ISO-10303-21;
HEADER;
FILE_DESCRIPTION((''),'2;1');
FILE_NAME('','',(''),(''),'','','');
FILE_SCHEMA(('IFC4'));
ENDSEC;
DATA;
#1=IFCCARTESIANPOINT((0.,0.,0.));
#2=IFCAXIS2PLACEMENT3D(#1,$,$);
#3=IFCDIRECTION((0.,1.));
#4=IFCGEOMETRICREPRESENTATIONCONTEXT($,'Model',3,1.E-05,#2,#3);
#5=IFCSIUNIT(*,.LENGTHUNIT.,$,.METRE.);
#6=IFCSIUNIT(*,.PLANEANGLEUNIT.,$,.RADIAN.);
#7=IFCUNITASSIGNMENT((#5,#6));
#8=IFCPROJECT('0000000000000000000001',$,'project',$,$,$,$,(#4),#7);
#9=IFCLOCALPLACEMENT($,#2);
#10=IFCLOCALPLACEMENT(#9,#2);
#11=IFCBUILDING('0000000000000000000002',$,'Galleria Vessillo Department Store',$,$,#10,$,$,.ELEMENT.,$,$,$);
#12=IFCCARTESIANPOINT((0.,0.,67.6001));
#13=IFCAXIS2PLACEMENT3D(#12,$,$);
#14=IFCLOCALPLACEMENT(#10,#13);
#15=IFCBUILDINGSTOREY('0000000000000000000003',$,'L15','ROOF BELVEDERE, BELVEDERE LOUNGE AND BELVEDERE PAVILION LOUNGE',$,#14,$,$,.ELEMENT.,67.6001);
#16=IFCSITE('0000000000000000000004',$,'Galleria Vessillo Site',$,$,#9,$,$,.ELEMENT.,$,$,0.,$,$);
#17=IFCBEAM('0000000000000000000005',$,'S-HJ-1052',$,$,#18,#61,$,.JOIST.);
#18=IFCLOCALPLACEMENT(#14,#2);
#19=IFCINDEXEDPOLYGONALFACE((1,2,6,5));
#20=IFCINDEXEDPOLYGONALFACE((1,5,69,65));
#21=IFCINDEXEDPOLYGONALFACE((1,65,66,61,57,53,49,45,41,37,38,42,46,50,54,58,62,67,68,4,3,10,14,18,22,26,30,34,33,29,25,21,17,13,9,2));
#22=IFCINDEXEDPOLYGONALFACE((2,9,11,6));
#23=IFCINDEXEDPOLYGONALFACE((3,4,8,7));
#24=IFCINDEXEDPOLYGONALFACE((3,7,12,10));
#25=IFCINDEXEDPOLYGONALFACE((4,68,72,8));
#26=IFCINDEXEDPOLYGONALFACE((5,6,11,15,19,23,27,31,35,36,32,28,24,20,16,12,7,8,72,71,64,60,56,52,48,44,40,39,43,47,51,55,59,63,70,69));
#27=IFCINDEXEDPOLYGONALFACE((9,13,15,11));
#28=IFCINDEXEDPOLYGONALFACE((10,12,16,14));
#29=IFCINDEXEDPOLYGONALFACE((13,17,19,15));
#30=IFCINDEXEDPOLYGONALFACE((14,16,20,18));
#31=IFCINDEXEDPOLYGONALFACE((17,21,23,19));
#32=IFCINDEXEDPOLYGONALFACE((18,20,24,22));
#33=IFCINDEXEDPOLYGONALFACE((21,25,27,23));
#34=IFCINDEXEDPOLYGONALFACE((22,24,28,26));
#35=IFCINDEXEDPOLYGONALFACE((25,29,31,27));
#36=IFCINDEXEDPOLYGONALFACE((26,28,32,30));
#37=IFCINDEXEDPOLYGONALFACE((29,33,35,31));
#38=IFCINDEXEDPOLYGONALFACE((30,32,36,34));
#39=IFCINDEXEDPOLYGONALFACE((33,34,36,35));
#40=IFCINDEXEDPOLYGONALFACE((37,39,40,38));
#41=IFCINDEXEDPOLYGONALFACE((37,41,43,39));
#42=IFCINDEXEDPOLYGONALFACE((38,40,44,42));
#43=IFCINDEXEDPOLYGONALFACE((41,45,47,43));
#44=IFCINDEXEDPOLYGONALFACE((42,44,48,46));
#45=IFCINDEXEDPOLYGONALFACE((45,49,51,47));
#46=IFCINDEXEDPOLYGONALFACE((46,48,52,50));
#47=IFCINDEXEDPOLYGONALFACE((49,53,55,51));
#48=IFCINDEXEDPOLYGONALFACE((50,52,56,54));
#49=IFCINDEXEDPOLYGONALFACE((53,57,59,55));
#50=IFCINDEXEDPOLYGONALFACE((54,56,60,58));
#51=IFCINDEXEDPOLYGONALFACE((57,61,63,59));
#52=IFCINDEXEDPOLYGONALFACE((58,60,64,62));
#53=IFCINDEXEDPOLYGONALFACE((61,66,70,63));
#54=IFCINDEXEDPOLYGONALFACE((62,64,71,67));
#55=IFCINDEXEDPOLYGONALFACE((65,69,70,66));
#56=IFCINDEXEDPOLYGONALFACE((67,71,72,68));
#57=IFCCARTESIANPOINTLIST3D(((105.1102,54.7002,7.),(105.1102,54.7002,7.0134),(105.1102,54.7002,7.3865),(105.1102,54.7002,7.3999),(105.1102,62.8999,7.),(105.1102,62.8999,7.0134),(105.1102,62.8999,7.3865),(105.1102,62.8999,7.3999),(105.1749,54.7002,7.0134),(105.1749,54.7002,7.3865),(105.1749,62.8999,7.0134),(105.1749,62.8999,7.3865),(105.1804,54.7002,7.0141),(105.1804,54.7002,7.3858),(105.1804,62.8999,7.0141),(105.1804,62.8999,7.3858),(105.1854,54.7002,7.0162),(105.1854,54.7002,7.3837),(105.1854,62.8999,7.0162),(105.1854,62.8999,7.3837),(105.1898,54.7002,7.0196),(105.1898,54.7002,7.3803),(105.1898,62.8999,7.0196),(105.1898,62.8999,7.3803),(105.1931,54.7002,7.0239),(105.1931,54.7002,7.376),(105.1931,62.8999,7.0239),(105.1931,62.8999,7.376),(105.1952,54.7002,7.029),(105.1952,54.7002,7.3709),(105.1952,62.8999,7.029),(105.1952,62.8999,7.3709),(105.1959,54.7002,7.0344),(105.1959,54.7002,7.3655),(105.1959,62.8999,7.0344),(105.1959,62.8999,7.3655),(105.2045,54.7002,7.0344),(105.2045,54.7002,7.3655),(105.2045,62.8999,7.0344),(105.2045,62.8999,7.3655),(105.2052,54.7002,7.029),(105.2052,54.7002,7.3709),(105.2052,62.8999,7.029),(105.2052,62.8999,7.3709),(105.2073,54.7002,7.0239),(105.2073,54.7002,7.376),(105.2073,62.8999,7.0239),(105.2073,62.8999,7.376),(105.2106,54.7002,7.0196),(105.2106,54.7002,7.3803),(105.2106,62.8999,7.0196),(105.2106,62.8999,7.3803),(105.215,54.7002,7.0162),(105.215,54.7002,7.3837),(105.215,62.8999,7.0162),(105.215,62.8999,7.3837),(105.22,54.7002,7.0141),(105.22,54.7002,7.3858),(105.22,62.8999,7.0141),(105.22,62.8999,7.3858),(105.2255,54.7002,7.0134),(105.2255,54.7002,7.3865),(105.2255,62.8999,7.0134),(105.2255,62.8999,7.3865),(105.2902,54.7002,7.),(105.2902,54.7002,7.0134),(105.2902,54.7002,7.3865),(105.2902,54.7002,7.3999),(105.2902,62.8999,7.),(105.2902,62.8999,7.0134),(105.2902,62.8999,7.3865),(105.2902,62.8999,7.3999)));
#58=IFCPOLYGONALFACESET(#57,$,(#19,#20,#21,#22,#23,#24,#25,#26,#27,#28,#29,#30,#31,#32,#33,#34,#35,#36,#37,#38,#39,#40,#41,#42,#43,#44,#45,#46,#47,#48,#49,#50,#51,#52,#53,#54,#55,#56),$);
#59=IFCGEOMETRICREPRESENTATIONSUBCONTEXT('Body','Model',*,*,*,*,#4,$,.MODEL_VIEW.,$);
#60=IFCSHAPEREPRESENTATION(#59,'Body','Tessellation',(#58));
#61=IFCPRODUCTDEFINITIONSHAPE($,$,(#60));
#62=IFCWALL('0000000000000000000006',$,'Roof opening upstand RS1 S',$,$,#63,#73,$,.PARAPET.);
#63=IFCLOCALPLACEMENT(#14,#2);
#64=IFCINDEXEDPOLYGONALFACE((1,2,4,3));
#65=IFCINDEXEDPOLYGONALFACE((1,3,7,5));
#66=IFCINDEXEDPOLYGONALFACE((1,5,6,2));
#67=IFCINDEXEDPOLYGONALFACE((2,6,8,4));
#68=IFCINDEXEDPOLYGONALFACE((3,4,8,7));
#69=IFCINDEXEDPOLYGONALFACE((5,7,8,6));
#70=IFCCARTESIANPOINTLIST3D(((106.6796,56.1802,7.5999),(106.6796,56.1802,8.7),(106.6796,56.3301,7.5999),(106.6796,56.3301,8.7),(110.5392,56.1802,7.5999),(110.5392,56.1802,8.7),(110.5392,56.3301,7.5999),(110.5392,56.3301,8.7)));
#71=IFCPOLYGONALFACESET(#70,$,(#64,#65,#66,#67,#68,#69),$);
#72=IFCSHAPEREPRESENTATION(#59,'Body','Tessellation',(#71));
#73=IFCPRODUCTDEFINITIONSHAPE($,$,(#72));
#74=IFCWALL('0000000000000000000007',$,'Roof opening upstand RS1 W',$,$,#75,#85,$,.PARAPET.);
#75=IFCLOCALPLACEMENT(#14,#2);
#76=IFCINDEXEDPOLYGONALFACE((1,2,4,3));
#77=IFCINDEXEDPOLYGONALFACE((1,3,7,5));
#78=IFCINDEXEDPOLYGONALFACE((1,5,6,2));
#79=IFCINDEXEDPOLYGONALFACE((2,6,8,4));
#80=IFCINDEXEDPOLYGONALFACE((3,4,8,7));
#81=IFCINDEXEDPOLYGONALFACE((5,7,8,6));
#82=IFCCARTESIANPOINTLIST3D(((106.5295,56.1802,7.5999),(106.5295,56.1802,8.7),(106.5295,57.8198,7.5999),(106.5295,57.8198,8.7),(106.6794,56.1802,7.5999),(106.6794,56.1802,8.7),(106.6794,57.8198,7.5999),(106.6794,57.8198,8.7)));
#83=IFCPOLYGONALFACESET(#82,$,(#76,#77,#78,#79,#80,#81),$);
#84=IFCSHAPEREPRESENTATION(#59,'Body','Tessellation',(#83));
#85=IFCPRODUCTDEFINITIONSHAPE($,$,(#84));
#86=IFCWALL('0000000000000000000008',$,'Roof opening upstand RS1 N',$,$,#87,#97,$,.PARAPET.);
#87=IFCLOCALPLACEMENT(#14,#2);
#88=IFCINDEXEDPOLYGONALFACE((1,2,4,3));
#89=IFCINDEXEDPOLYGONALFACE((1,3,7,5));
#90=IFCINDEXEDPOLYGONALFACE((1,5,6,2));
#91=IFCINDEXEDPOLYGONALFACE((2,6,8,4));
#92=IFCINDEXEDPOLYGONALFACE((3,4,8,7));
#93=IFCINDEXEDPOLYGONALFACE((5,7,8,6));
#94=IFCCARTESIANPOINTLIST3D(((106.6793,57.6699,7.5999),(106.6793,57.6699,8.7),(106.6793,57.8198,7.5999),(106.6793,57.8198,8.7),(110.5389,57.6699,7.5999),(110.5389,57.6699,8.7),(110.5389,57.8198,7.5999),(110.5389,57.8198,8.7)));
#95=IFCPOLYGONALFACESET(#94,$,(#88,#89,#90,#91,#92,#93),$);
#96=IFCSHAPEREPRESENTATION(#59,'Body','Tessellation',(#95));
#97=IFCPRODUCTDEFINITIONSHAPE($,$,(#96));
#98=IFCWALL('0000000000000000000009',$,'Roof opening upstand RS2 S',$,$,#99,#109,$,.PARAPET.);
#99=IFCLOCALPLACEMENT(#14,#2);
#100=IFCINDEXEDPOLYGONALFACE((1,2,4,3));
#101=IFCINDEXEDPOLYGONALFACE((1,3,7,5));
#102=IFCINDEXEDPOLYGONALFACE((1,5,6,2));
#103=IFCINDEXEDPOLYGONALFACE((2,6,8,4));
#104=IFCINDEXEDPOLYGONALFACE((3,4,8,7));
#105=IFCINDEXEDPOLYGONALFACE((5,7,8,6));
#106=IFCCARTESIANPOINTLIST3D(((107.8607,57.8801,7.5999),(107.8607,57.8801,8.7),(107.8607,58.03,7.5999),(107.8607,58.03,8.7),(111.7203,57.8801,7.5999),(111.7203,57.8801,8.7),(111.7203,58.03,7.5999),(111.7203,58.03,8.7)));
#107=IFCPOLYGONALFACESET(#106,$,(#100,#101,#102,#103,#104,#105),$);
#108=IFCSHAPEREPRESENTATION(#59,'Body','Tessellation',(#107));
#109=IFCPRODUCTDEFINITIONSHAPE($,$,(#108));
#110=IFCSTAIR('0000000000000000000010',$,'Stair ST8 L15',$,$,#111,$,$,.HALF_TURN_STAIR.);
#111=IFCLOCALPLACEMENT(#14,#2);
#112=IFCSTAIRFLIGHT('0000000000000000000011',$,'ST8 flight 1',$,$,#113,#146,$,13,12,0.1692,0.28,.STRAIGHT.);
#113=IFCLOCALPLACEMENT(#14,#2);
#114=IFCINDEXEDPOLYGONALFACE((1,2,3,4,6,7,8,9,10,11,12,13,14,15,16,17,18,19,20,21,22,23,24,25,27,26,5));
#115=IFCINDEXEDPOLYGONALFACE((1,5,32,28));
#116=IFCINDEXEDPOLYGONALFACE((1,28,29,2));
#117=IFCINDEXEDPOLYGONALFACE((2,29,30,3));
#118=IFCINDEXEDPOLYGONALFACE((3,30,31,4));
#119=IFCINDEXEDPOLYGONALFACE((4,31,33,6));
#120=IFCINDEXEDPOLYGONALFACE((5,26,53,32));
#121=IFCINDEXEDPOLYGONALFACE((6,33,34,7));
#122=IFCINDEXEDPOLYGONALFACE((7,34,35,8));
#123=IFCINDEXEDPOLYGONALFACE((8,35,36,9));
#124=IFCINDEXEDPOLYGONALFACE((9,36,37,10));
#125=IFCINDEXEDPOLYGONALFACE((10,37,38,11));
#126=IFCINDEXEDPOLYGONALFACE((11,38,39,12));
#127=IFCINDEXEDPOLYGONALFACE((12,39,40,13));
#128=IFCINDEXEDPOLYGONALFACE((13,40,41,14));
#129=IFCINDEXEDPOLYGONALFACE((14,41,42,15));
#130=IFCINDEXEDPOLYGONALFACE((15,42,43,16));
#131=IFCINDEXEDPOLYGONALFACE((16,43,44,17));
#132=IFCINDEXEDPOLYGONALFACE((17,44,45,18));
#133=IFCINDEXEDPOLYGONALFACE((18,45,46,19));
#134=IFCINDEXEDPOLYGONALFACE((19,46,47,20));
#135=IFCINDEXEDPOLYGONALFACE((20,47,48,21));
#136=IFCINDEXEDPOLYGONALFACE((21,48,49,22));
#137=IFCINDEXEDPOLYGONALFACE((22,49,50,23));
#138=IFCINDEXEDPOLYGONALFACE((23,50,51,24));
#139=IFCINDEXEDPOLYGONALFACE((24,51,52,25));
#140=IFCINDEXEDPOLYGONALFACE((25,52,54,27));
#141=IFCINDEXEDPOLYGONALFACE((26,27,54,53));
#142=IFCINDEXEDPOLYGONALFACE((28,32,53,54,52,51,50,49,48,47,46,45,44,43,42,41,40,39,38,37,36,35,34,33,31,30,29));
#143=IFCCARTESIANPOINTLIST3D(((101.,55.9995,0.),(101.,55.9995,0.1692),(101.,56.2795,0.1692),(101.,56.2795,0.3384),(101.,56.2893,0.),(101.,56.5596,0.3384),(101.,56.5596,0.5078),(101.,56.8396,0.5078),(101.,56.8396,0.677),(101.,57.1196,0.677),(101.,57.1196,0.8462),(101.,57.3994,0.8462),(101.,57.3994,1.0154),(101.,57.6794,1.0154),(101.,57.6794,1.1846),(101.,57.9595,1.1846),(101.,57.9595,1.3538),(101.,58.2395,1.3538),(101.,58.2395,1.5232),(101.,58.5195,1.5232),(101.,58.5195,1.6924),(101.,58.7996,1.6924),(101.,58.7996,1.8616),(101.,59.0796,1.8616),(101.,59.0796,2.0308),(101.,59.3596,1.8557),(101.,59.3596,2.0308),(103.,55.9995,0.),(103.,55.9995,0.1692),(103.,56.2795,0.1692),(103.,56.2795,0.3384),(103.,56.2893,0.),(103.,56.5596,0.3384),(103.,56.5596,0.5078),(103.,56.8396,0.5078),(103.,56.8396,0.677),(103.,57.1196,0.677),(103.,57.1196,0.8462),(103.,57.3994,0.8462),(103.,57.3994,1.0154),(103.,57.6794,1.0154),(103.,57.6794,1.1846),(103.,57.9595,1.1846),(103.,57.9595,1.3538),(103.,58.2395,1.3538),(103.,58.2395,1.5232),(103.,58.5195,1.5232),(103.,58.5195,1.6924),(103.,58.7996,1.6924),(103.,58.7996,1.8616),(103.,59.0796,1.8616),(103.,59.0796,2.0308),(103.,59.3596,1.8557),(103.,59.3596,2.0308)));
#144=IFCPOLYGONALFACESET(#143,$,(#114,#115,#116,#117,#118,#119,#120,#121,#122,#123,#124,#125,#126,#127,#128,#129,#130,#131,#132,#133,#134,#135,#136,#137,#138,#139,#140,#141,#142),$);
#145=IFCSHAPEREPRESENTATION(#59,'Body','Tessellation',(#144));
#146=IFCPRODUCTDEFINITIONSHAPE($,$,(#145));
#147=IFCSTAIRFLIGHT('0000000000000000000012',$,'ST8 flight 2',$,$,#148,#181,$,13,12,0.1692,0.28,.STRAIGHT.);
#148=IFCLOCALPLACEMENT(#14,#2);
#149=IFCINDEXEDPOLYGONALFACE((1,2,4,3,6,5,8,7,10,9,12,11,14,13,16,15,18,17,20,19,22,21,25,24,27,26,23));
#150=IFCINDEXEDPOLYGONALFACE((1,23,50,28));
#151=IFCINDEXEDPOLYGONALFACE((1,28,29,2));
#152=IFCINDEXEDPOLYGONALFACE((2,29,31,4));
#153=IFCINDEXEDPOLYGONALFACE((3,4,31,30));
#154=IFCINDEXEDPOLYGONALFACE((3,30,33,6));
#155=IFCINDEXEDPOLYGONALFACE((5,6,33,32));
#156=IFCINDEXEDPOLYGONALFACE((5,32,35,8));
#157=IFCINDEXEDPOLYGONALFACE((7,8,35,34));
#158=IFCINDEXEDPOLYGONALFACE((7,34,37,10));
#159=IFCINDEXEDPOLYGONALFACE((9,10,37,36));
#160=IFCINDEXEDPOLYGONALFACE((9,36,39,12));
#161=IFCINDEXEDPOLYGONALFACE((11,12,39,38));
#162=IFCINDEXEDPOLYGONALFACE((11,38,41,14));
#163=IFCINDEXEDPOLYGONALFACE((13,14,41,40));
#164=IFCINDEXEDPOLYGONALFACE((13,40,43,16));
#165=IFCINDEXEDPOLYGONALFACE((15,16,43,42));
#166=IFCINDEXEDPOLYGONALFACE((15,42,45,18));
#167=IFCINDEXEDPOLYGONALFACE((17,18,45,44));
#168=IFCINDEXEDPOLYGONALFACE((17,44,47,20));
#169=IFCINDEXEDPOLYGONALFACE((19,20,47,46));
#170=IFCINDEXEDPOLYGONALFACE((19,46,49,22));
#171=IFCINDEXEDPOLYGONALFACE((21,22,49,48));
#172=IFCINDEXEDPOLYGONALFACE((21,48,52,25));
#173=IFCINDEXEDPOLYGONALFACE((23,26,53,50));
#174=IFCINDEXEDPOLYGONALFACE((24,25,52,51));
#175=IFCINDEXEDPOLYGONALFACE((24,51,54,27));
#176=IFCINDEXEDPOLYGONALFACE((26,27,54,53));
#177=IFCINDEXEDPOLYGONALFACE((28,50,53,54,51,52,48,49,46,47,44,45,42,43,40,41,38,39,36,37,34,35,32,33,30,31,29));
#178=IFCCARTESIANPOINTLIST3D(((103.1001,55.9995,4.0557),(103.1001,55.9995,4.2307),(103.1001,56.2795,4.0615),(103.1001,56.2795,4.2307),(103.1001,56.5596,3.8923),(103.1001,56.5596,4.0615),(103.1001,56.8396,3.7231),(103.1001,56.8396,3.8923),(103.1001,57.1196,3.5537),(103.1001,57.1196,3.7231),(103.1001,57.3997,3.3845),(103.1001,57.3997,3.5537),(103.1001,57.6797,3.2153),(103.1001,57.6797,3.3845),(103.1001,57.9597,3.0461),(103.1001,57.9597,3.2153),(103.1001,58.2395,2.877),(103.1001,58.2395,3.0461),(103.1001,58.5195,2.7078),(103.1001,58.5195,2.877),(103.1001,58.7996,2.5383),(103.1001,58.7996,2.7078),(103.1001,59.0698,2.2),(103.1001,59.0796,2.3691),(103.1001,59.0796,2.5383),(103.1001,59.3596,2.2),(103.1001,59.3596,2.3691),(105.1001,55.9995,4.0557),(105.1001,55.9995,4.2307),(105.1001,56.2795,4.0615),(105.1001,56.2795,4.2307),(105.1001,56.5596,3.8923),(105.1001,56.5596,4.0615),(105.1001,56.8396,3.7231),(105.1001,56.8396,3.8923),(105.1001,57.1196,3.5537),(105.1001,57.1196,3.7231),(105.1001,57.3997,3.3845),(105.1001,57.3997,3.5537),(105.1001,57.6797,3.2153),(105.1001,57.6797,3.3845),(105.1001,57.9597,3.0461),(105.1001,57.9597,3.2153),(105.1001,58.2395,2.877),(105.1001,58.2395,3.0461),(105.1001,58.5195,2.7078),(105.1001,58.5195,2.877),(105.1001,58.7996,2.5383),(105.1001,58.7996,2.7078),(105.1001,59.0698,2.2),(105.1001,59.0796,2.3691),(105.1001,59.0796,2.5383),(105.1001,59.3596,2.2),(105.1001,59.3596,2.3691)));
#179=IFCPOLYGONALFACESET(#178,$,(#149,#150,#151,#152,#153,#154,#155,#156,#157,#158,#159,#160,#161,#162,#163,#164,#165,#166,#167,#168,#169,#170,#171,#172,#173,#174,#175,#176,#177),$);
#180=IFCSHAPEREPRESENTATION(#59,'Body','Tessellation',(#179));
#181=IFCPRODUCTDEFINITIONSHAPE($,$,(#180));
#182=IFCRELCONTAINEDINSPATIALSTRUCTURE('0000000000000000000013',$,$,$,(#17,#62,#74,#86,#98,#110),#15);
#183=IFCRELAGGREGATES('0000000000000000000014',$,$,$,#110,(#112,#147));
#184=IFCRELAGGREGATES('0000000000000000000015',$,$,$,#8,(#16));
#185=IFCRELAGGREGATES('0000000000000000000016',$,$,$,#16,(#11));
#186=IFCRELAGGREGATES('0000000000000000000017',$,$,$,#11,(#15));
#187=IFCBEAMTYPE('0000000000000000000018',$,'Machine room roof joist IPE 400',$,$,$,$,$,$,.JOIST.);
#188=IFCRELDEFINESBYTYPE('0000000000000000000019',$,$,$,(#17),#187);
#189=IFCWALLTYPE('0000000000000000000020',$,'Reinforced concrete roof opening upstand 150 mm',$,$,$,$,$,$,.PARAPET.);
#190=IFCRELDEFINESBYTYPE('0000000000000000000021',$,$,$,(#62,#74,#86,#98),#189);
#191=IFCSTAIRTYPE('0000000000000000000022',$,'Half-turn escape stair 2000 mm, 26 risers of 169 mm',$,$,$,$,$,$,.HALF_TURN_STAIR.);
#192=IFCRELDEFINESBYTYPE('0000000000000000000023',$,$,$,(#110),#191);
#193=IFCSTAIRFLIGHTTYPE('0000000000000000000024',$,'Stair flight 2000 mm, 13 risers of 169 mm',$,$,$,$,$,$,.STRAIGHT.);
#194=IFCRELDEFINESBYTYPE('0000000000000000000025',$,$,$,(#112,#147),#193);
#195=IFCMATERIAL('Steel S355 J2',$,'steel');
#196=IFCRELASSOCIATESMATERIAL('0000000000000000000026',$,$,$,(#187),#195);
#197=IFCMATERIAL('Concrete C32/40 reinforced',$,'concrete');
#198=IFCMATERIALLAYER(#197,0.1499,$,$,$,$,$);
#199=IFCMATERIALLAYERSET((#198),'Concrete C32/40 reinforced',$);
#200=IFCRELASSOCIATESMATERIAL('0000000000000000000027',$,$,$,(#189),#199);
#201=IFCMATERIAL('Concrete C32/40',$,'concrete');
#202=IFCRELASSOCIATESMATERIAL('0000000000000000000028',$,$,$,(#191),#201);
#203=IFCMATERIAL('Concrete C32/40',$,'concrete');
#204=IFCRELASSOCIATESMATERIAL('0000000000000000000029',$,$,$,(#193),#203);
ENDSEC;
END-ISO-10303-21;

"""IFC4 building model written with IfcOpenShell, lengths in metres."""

from ifc_helpers import new_model, si_unit, direction, frame, frame_2d, origin, origin_2d, place, context, subcontext, project, spatial, polyline, rectangle, i_section, outline, extrude, material, layer, layer_set, material_profile, profile_set, type_object, element, aggregate, save


model = new_model("IFC4")

# Units and contexts
model_context = context("Model", 3, precision=1e-05, world=origin(), true_north=direction((0.0, 1.0)))
body_context = subcontext(model_context, "Body", "Model", "MODEL_VIEW")
ifc_project = project(units=[si_unit("LENGTHUNIT", "METRE"), si_unit("PLANEANGLEUNIT", "RADIAN")], contexts=[model_context])

# Site, building, storey
site_placement = place(None, origin())
site = spatial("IfcSite", under=ifc_project, at=site_placement, Name="Galleria Vessillo Site", CompositionType="ELEMENT", RefElevation=0.0)
building_placement = place(site_placement, origin())
building = spatial("IfcBuilding", under=site, at=building_placement, Name="Galleria Vessillo Department Store", CompositionType="ELEMENT")
storey_placement = place(building_placement, frame((0.0, 0.0, 67.6001)))
storey = spatial("IfcBuildingStorey", under=building, at=storey_placement, Name="L15", Description="ROOF BELVEDERE, BELVEDERE LOUNGE AND BELVEDERE PAVILION LOUNGE", CompositionType="ELEMENT", Elevation=67.6001)

# Beam
ifc_material_1 = material(Name="Steel S355 J2", Category="steel")
ifc_material_profile_1 = material_profile(ifc_material_1, i_section(OverallWidth=0.1799, OverallDepth=0.3999, WebThickness=0.0085, FlangeThickness=0.0134, FilletRadius=0.021, at=origin_2d()), Name="IPE 400")
ifc_profile_set_1 = profile_set([ifc_material_profile_1], Name="Steel S355 J2")
beam_type_1 = type_object("IfcBeamType", Name="Machine room roof joist IPE 400", PredefinedType="JOIST", material=ifc_profile_set_1)
beam_1_placement = place(storey_placement, frame((105.2002, 54.7002, 7.2), z_axis=(0.0, 1.0, 0.0), x_axis=(-1.0, 0.0, 0.0)))
element("IfcBeam", 1, at=beam_1_placement, inside=storey, type_object=beam_type_1, Name="S-HJ-1052", PredefinedType="JOIST", context=body_context, shape_type="SweptSolid", body=[
    extrude(i_section(OverallWidth=0.1799, OverallDepth=0.3999, WebThickness=0.0085, FlangeThickness=0.0134, FilletRadius=0.021, at=origin_2d()), origin(), (0.0, 0.0, 1.0), 8.1997),
])

# Walls
ifc_material_2 = material(Name="Concrete C32/40 reinforced", Category="concrete")
ifc_layer_1 = layer(ifc_material_2, 0.1499)
ifc_layer_set_1 = layer_set([ifc_layer_1], Name="Concrete C32/40 reinforced")
wall_type_1 = type_object("IfcWallType", Name="Reinforced concrete roof opening upstand 150 mm", PredefinedType="PARAPET", material=ifc_layer_set_1)
wall_1_placement = place(storey_placement, frame((110.5391, 56.2551, 7.5999), z_axis=(0.0, 0.0, 1.0), x_axis=(-1.0, 0.0, 0.0)))
element("IfcWall", 2, at=wall_1_placement, inside=storey, type_object=wall_type_1, Name="Roof opening upstand RS1 S", PredefinedType="PARAPET", context=body_context, shape_type="SweptSolid", body=[
    extrude(rectangle(XDim=3.8596, YDim=0.1499, at=frame_2d((1.9297, 0.0))), origin(), (0.0, 0.0, 1.0), 1.1001),
])
wall_2_placement = place(storey_placement, frame((106.6045, 56.1802, 7.5999), z_axis=(0.0, 0.0, 1.0), x_axis=(0.0, 1.0, 0.0)))
element("IfcWall", 3, at=wall_2_placement, inside=storey, type_object=wall_type_1, Name="Roof opening upstand RS1 W", PredefinedType="PARAPET", context=body_context, shape_type="SweptSolid", body=[
    extrude(rectangle(XDim=1.6396, YDim=0.1499, at=frame_2d((0.8198, 0.0))), origin(), (0.0, 0.0, 1.0), 1.1001),
])
for number, where, z_axis, x_axis, name in (
    (4, (106.6794, 57.7449, 7.5999), (0.0, 0.0, 1.0), (1.0, 0.0, 0.0), "Roof opening upstand RS1 N"),
    (5, (107.8608, 57.9551, 7.5999), (0.0, 0.0, 1.0), (1.0, 0.0, 0.0), "Roof opening upstand RS2 S"),
):
    element("IfcWall", number, at=place(storey_placement, frame(where, z_axis=z_axis, x_axis=x_axis)), inside=storey, type_object=wall_type_1, Name=name, PredefinedType="PARAPET", context=body_context, shape_type="SweptSolid", body=[
        extrude(rectangle(XDim=3.8596, YDim=0.1499, at=frame_2d((1.9297, 0.0))), origin(), (0.0, 0.0, 1.0), 1.1001),
    ])

# Stair, stair flights
ifc_material_3 = material(Name="Concrete C32/40", Category="concrete")
stair_type = type_object("IfcStairType", Name="Half-turn escape stair 2000 mm, 26 risers of 169 mm", PredefinedType="HALF_TURN_STAIR", material=ifc_material_3)
stair_placement = place(storey_placement, origin())
stair = element("IfcStair", 6, at=stair_placement, inside=storey, type_object=stair_type, Name="Stair ST8 L15", PredefinedType="HALF_TURN_STAIR")
ifc_material_4 = material(Name="Concrete C32/40", Category="concrete")
stair_flight_type = type_object("IfcStairFlightType", Name="Stair flight 2000 mm, 13 risers of 169 mm", PredefinedType="STRAIGHT", material=ifc_material_4)
stair_flight_1_placement = place(storey_placement, frame((102.0, 55.9995, 0.0), z_axis=(0.0, 0.0, 1.0), x_axis=(0.0, 1.0, 0.0)))
stair_flight_1 = element("IfcStairFlight", 7, at=stair_flight_1_placement, type_object=stair_flight_type, Name="ST8 flight 1", NumberOfRisers=13, NumberOfTreads=12, PredefinedType="STRAIGHT", RiserHeight=0.1692, TreadLength=0.28, context=body_context, shape_type="SweptSolid", body=[
    extrude(outline(polyline([(0.0, 0.0), (0.0, 0.1692), (0.28, 0.1692), (0.28, 0.3384), (0.5601, 0.3384), (0.5601, 0.5078), (0.8401, 0.5078), (0.8401, 0.677), (1.1201, 0.677), (1.1201, 0.8462), (1.3999, 0.8462), (1.3999, 1.0154), (1.6799, 1.0154), (1.6799, 1.1846), (1.96, 1.1846), (1.96, 1.3538), (2.24, 1.3538), (2.24, 1.5232), (2.52, 1.5232), (2.52, 1.6924), (2.8, 1.6924), (2.8, 1.8616), (3.0801, 1.8616), (3.0801, 2.0308), (3.3601, 2.0308), (3.3601, 2.2), (3.3601, 1.8557), (0.2898, 0.0), (0.0, 0.0)])), frame((0.0, 1.0, 0.0), z_axis=(0.0, -1.0, 0.0), x_axis=(1.0, 0.0, 0.0)), (0.0, 0.0, 1.0), 2.0),
])
stair_flight_2_placement = place(storey_placement, frame((104.1001, 59.3596, 2.2), z_axis=(0.0, 0.0, 1.0), x_axis=(0.0, -1.0, 0.0)))
stair_flight_2 = element("IfcStairFlight", 8, at=stair_flight_2_placement, type_object=stair_flight_type, Name="ST8 flight 2", NumberOfRisers=13, NumberOfTreads=12, PredefinedType="STRAIGHT", RiserHeight=0.1692, TreadLength=0.28, context=body_context, shape_type="SweptSolid", body=[
    extrude(outline(polyline([(0.0, 0.0), (0.0, 0.1692), (0.28, 0.1692), (0.28, 0.3384), (0.5601, 0.3384), (0.5601, 0.5078), (0.8401, 0.5078), (0.8401, 0.677), (1.1201, 0.677), (1.1201, 0.8462), (1.3999, 0.8462), (1.3999, 1.0154), (1.6799, 1.0154), (1.6799, 1.1846), (1.96, 1.1846), (1.96, 1.3538), (2.24, 1.3538), (2.24, 1.5232), (2.52, 1.5232), (2.52, 1.6924), (2.8, 1.6924), (2.8, 1.8616), (3.0801, 1.8616), (3.0801, 2.0308), (3.3601, 2.0308), (3.3601, 2.2), (3.3601, 1.8557), (0.2898, 0.0), (0.0, 0.0)])), frame((0.0, 1.0, 0.0), z_axis=(0.0, -1.0, 0.0), x_axis=(1.0, 0.0, 0.0)), (0.0, 0.0, 1.0), 2.0),
])
aggregate(stair, [stair_flight_1, stair_flight_2])

save(model, "model.ifc")
